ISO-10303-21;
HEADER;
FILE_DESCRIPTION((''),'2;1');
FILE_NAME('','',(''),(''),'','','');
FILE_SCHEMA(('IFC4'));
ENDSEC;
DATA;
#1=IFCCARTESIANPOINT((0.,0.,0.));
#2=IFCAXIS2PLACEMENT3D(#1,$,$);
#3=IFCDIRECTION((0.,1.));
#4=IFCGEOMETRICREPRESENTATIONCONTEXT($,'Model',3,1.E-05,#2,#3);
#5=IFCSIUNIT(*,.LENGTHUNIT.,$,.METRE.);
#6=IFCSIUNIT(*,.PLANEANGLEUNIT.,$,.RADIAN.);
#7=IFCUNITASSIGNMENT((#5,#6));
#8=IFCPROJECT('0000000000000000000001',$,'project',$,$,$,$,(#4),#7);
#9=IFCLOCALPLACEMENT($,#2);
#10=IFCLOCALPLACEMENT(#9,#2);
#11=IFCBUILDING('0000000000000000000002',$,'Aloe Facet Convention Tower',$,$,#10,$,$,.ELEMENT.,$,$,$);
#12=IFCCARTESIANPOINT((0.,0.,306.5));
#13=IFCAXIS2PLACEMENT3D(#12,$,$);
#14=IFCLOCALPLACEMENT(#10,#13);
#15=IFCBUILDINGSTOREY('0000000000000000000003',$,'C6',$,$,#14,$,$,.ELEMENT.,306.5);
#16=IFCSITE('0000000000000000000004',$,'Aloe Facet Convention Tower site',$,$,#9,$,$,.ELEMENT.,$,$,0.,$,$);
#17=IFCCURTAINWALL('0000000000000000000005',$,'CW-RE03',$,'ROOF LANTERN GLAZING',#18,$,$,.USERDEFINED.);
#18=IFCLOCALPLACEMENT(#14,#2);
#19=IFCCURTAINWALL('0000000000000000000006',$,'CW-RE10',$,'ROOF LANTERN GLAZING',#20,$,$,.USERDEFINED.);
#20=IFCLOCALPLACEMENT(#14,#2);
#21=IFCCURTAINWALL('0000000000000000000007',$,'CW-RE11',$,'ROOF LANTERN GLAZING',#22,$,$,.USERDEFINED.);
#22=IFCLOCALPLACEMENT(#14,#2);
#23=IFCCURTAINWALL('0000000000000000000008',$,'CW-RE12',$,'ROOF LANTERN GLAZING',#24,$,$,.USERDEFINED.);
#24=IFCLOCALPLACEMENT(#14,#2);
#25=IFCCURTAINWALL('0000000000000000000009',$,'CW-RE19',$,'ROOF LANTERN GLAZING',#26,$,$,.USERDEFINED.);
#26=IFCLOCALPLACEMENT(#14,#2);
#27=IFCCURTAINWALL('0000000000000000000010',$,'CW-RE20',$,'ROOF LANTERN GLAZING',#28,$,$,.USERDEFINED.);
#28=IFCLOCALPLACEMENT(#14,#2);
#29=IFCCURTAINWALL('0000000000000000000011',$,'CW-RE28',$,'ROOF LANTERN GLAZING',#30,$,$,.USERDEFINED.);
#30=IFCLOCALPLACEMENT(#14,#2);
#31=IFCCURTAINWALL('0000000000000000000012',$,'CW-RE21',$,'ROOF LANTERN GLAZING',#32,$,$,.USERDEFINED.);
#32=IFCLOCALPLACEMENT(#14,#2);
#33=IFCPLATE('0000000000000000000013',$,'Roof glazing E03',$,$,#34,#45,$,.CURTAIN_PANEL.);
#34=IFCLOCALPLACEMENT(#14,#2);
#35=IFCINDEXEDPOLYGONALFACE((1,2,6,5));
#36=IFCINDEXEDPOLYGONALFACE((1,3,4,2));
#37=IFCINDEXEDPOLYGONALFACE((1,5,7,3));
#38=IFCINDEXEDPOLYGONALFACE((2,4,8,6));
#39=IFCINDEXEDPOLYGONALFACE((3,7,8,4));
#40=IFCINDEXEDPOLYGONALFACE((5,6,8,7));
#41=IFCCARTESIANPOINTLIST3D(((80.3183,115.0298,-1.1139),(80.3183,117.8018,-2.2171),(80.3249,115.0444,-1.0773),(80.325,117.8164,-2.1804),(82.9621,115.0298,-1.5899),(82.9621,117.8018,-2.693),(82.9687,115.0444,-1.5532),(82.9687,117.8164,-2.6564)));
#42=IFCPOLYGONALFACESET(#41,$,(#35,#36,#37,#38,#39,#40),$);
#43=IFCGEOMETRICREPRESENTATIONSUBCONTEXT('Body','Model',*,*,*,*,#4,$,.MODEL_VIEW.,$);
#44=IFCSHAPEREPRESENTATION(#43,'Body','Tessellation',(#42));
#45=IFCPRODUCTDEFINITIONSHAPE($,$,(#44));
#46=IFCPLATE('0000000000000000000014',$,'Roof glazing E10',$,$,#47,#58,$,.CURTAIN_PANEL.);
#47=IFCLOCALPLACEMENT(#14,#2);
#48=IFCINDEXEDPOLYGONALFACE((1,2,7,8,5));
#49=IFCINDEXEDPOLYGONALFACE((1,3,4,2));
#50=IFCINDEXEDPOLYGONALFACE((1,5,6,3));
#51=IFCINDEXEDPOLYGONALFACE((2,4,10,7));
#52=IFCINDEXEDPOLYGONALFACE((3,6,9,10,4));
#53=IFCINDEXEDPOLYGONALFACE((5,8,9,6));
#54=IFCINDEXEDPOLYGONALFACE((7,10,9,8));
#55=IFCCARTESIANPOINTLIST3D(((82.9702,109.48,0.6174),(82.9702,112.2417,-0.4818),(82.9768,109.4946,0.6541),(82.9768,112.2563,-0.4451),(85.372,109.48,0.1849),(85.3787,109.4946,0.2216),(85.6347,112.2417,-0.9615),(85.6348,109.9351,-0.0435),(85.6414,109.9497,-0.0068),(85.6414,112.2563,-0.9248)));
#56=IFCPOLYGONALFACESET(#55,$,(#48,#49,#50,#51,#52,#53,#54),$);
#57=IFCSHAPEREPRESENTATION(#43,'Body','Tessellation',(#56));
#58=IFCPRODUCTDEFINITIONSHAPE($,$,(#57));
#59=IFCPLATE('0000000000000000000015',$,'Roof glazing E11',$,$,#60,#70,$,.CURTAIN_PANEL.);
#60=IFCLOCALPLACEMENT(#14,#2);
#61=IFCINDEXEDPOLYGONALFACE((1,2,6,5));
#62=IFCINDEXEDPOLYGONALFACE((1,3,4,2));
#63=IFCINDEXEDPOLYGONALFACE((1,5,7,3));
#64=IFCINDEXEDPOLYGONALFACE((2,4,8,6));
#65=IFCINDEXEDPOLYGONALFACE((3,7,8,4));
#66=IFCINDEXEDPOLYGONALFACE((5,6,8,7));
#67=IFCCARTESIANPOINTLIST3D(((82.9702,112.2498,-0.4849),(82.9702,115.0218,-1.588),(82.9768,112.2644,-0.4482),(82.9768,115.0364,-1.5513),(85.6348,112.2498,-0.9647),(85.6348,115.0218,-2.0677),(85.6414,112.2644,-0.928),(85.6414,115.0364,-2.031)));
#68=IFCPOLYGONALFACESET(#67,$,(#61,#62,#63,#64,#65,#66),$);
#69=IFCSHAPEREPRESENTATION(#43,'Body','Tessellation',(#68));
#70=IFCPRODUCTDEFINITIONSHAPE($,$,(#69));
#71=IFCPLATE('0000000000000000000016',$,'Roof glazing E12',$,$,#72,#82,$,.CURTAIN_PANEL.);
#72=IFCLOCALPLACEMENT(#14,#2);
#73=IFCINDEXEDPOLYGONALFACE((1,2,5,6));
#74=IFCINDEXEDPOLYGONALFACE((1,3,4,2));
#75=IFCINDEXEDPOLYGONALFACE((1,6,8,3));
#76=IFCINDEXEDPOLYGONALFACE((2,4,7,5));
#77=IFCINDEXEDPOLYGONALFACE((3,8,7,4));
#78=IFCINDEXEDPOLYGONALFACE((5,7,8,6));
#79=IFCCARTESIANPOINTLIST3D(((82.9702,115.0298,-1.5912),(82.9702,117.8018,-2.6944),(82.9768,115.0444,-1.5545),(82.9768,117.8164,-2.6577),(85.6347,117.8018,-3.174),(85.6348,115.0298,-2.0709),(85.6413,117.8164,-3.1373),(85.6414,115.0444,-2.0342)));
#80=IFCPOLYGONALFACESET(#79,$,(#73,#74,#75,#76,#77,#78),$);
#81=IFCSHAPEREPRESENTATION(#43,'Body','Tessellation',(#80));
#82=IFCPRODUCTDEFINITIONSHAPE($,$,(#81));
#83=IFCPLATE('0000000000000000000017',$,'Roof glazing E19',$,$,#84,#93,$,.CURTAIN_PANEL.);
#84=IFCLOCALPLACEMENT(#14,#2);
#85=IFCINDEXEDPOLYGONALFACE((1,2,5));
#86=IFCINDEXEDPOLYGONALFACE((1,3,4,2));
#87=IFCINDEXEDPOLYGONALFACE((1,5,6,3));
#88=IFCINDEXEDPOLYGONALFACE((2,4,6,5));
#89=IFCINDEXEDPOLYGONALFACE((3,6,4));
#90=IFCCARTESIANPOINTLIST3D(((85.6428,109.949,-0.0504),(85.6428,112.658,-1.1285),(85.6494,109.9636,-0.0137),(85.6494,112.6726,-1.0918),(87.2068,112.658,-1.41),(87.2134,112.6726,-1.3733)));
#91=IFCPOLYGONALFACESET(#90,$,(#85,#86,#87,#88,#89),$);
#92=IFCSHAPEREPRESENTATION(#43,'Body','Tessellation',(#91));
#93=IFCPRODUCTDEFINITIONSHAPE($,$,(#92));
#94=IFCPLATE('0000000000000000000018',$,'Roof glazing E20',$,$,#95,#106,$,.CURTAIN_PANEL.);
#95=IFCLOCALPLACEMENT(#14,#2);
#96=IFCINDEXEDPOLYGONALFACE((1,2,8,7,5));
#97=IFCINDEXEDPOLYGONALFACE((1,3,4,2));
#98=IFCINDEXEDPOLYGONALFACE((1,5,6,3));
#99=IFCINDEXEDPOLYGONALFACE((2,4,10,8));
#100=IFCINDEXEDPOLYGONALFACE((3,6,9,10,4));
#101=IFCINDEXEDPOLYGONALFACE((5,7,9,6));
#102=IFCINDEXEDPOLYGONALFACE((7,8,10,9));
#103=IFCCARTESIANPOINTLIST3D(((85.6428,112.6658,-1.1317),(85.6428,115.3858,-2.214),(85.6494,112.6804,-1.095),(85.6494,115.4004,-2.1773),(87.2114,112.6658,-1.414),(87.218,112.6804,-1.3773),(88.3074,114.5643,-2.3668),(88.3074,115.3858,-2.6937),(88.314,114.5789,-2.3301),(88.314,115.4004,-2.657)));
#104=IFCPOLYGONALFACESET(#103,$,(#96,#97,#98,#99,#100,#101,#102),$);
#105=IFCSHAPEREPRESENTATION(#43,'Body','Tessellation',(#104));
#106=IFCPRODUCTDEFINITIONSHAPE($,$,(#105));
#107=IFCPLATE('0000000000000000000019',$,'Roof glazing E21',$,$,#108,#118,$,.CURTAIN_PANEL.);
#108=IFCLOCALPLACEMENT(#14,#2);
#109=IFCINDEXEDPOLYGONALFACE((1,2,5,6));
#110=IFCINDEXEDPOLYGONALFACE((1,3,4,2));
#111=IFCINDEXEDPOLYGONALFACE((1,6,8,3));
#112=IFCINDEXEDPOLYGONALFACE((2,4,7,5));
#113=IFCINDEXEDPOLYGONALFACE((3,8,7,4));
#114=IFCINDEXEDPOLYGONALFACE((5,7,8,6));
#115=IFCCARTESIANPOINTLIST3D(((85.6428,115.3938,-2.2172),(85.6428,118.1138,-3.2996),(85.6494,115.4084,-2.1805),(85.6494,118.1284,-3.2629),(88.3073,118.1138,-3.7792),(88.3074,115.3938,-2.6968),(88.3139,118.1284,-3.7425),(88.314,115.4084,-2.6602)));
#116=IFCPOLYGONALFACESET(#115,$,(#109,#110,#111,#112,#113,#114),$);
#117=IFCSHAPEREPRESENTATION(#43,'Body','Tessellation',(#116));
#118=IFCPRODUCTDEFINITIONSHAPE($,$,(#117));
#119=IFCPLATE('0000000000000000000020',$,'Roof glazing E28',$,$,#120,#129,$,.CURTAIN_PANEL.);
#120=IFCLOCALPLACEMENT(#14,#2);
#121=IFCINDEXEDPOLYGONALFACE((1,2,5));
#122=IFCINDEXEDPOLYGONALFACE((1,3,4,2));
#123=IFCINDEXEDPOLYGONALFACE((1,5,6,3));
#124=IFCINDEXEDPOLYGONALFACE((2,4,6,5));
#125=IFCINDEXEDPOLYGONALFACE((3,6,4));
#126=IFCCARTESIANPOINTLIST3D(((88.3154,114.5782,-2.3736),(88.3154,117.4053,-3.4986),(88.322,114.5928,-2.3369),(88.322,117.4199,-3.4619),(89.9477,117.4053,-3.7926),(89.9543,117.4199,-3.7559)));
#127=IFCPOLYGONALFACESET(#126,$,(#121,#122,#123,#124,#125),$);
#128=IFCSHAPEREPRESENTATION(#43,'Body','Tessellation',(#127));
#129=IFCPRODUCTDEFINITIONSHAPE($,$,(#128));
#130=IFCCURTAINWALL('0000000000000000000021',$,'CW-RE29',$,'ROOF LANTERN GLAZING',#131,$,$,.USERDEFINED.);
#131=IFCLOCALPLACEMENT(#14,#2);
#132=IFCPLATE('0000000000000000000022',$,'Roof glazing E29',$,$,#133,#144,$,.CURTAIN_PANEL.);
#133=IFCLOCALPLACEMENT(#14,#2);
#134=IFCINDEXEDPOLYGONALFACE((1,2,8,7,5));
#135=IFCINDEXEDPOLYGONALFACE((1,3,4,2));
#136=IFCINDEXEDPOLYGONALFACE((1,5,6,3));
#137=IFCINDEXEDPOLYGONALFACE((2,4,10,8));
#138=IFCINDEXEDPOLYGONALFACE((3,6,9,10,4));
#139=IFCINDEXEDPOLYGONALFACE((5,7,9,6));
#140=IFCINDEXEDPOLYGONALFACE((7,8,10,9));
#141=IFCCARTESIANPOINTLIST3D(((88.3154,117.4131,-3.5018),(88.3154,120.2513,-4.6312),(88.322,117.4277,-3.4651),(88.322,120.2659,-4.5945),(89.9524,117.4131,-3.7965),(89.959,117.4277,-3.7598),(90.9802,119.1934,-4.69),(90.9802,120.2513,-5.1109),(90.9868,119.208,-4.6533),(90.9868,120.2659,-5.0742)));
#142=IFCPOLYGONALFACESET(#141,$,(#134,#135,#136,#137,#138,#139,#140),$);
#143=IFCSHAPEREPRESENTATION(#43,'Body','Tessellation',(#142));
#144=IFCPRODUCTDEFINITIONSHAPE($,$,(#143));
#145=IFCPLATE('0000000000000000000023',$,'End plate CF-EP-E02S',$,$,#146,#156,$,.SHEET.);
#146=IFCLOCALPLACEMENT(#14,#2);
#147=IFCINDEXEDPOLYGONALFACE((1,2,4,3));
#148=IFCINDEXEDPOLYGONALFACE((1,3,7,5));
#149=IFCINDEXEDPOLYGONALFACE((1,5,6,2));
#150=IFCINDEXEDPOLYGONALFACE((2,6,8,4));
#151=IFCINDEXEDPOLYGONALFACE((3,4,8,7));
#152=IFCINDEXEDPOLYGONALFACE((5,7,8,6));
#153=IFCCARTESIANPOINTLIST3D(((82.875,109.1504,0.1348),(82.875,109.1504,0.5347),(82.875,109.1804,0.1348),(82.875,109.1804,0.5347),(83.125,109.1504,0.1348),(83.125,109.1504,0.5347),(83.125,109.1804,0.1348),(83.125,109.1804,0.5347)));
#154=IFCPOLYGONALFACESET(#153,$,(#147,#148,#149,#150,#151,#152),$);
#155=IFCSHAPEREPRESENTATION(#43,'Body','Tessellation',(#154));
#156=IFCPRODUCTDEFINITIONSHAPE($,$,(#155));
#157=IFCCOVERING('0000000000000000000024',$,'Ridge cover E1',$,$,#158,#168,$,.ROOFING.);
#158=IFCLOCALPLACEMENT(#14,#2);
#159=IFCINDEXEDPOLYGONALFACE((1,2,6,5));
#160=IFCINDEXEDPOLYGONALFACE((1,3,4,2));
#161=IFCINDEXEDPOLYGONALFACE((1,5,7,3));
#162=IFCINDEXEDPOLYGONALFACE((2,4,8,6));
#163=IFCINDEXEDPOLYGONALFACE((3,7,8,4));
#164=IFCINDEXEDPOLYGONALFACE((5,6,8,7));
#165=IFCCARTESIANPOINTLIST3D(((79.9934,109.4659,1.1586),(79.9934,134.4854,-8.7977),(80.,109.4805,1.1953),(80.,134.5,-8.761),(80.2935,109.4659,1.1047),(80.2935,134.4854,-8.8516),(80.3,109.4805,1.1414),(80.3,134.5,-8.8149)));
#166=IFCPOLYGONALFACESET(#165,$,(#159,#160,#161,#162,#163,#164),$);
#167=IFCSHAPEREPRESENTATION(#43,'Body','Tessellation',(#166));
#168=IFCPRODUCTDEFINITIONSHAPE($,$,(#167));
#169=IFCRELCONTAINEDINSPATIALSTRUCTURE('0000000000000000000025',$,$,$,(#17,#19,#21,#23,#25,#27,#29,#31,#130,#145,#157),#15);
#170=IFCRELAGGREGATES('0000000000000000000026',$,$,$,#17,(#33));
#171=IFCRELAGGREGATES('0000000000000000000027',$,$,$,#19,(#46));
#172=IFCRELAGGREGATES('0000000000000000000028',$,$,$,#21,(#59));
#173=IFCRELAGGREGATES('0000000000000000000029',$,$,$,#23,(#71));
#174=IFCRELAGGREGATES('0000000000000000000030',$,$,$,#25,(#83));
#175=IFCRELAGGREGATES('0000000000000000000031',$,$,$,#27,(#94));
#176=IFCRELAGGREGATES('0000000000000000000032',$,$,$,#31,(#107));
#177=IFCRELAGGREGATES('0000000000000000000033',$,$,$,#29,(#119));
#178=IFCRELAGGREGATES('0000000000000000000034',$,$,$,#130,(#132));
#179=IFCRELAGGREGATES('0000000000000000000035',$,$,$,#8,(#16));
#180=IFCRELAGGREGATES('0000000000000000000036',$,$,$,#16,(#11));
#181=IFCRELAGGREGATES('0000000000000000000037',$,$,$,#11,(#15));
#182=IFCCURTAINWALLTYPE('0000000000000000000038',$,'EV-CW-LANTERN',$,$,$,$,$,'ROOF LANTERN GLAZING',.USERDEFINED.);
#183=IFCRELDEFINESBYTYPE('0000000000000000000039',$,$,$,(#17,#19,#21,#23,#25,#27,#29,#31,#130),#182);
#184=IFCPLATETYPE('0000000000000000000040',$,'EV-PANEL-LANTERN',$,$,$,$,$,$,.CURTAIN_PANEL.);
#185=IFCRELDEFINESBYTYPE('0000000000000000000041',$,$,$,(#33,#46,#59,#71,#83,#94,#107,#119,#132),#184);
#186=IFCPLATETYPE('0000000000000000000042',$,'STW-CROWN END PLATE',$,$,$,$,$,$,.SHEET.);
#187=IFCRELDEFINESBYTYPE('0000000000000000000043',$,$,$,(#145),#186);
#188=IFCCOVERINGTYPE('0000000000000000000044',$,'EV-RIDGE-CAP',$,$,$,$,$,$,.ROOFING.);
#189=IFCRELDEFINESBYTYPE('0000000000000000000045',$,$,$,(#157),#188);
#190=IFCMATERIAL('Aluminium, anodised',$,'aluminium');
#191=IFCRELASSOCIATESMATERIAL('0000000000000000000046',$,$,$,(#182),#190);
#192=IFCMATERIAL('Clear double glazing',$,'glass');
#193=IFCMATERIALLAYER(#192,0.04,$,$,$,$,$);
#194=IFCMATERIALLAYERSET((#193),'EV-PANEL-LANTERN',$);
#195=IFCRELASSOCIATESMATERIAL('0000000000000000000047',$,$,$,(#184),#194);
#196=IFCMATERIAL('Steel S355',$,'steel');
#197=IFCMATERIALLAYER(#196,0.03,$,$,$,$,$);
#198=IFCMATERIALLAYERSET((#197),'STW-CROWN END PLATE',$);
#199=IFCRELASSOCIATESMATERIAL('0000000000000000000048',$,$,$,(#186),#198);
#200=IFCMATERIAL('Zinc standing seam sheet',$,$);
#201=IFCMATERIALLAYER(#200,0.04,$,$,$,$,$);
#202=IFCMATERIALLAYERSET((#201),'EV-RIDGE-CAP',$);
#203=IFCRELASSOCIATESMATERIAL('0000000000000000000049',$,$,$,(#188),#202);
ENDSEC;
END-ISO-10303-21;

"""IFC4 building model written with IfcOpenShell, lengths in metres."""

from ifc_helpers import new_model, si_unit, direction, frame, origin, place, context, subcontext, project, spatial, polyline, outline, extrude, material, layer, layer_set, type_object, element, aggregate, save


model = new_model("IFC4")

# Units and contexts
model_context = context("Model", 3, precision=1e-05, world=origin(), true_north=direction((0.0, 1.0)))
body_context = subcontext(model_context, "Body", "Model", "MODEL_VIEW")
ifc_project = project(units=[si_unit("LENGTHUNIT", "METRE"), si_unit("PLANEANGLEUNIT", "RADIAN")], contexts=[model_context])

# Site, building, storey
site_placement = place(None, origin())
site = spatial("IfcSite", under=ifc_project, at=site_placement, Name="Aloe Facet Convention Tower site", CompositionType="ELEMENT", RefElevation=0.0)
building_placement = place(site_placement, origin())
building = spatial("IfcBuilding", under=site, at=building_placement, Name="Aloe Facet Convention Tower", CompositionType="ELEMENT")
storey_placement = place(building_placement, frame((0.0, 0.0, 306.5)))
storey = spatial("IfcBuildingStorey", under=building, at=storey_placement, Name="C6", CompositionType="ELEMENT", Elevation=306.5)

# Curtain wall
ifc_material_1 = material(Name="Aluminium, anodised", Category="aluminium")
curtain_wall_type = type_object("IfcCurtainWallType", Name="EV-CW-LANTERN", ElementType="ROOF LANTERN GLAZING", PredefinedType="USERDEFINED", material=ifc_material_1)
curtain_wall_1_placement = place(storey_placement, origin())
curtain_wall_1 = element("IfcCurtainWall", 1, at=curtain_wall_1_placement, inside=storey, type_object=curtain_wall_type, Name="CW-RE03", ObjectType="ROOF LANTERN GLAZING", PredefinedType="USERDEFINED")

# Curtain wall
curtain_wall_2_placement = place(storey_placement, origin())
curtain_wall_2 = element("IfcCurtainWall", 2, at=curtain_wall_2_placement, inside=storey, type_object=curtain_wall_type, Name="CW-RE10", ObjectType="ROOF LANTERN GLAZING", PredefinedType="USERDEFINED")

# Curtain walls
curtain_wall_3_placement = place(storey_placement, origin())
curtain_wall_3 = element("IfcCurtainWall", 3, at=curtain_wall_3_placement, inside=storey, type_object=curtain_wall_type, Name="CW-RE11", ObjectType="ROOF LANTERN GLAZING", PredefinedType="USERDEFINED")
curtain_wall_4_placement = place(storey_placement, origin())
curtain_wall_4 = element("IfcCurtainWall", 4, at=curtain_wall_4_placement, inside=storey, type_object=curtain_wall_type, Name="CW-RE12", ObjectType="ROOF LANTERN GLAZING", PredefinedType="USERDEFINED")
curtain_wall_5_placement = place(storey_placement, origin())
curtain_wall_5 = element("IfcCurtainWall", 5, at=curtain_wall_5_placement, inside=storey, type_object=curtain_wall_type, Name="CW-RE19", ObjectType="ROOF LANTERN GLAZING", PredefinedType="USERDEFINED")

# Curtain wall
curtain_wall_6_placement = place(storey_placement, origin())
curtain_wall_6 = element("IfcCurtainWall", 6, at=curtain_wall_6_placement, inside=storey, type_object=curtain_wall_type, Name="CW-RE20", ObjectType="ROOF LANTERN GLAZING", PredefinedType="USERDEFINED")

# Curtain wall
curtain_wall_7_placement = place(storey_placement, origin())
curtain_wall_7 = element("IfcCurtainWall", 7, at=curtain_wall_7_placement, inside=storey, type_object=curtain_wall_type, Name="CW-RE28", ObjectType="ROOF LANTERN GLAZING", PredefinedType="USERDEFINED")

# Curtain wall
curtain_wall_8_placement = place(storey_placement, origin())
curtain_wall_8 = element("IfcCurtainWall", 8, at=curtain_wall_8_placement, inside=storey, type_object=curtain_wall_type, Name="CW-RE21", ObjectType="ROOF LANTERN GLAZING", PredefinedType="USERDEFINED")

# Plates
ifc_material_2 = material(Name="Clear double glazing", Category="glass")
ifc_layer_1 = layer(ifc_material_2, 0.04)
ifc_layer_set_1 = layer_set([ifc_layer_1], Name="EV-PANEL-LANTERN")
plate_type_1 = type_object("IfcPlateType", Name="EV-PANEL-LANTERN", PredefinedType="CURTAIN_PANEL", material=ifc_layer_set_1)
plate_1_placement = place(storey_placement, frame((80.325, 117.8164, -2.1804), z_axis=(0.164975, 0.364694, 0.916396), x_axis=(0.98418, -0.000015, -0.177172)))
plate_1 = element("IfcPlate", 9, at=plate_1_placement, type_object=plate_type_1, Name="Roof glazing E03", PredefinedType="CURTAIN_PANEL", context=body_context, shape_type="SweptSolid", body=[
    extrude(outline(polyline([(0.0, 0.0), (2.6863, 0.0), (2.4909, -2.977), (-0.1954, -2.9771), (0.0, 0.0)])), origin(), (0.0, 0.0, -1.0), 0.04),
])
aggregate(curtain_wall_1, [plate_1])
plate_2_placement = place(storey_placement, frame((82.9768, 112.2563, -0.4451), z_axis=(0.164994, 0.364717, 0.916383), x_axis=(0.984175, -0.000002, -0.177199)))
plate_2 = element("IfcPlate", 10, at=plate_2_placement, type_object=plate_type_1, Name="Roof glazing E10", PredefinedType="CURTAIN_PANEL", context=body_context, shape_type="SweptSolid", body=[
    extrude(outline(polyline([(0.0, 0.0), (2.7074, 0.0), (2.5447, -2.4773), (2.2457, -2.966), (-0.1948, -2.966), (0.0, 0.0)])), origin(), (0.0, 0.0, -1.0), 0.04),
])
aggregate(curtain_wall_2, [plate_2])
plate_3_placement = place(storey_placement, frame((82.9768, 115.0364, -1.5513), z_axis=(0.164994, 0.364658, 0.916407), x_axis=(0.984176, 0.0, -0.177195)))
plate_3 = element("IfcPlate", 11, at=plate_3_placement, type_object=plate_type_1, Name="Roof glazing E11", PredefinedType="CURTAIN_PANEL", context=body_context, shape_type="SweptSolid", body=[
    extrude(outline(polyline([(0.0, 0.0), (2.7074, 0.0), (2.5119, -2.977), (-0.1955, -2.977), (0.0, 0.0)])), origin(), (0.0, 0.0, -1.0), 0.04),
])
aggregate(curtain_wall_3, [plate_3])
plate_4_placement = place(storey_placement, frame((82.9768, 117.8164, -2.6577), z_axis=(0.16495, 0.364695, 0.9164), x_axis=(0.984185, -0.000015, -0.177145)))
plate_4 = element("IfcPlate", 12, at=plate_4_placement, type_object=plate_type_1, Name="Roof glazing E12", PredefinedType="CURTAIN_PANEL", context=body_context, shape_type="SweptSolid", body=[
    extrude(outline(polyline([(0.0, 0.0), (2.7073, 0.0), (2.512, -2.977), (-0.1954, -2.9771), (0.0, 0.0)])), origin(), (0.0, 0.0, -1.0), 0.04),
])
aggregate(curtain_wall_4, [plate_4])
plate_5_placement = place(storey_placement, frame((87.2134, 112.6726, -1.3733), z_axis=(0.16494, 0.364709, 0.916396), x_axis=(-0.458541, -0.794251, 0.398629)))
plate_5 = element("IfcPlate", 13, at=plate_5_placement, type_object=plate_type_1, Name="Roof glazing E19", PredefinedType="CURTAIN_PANEL", context=body_context, shape_type="SweptSolid", body=[
    extrude(outline(polyline([(0.0, 0.0), (3.4107, 0.0), (0.8294, -1.3555), (0.0, 0.0)])), origin(), (0.0, 0.0, -1.0), 0.04),
])
aggregate(curtain_wall_5, [plate_5])
plate_6_placement = place(storey_placement, frame((85.6494, 112.6804, -1.095), z_axis=(0.164963, 0.364676, 0.916405), x_axis=(-0.000006, 0.929135, -0.369741)))
plate_6 = element("IfcPlate", 14, at=plate_6_placement, type_object=plate_type_1, Name="Roof glazing E20", PredefinedType="CURTAIN_PANEL", context=body_context, shape_type="SweptSolid", body=[
    extrude(outline(polyline([(0.0, 0.0), (2.9274, 0.0), (3.1047, -2.7016), (2.2206, -2.7016), (0.1043, -1.5904), (0.0, 0.0)])), origin(), (0.0, 0.0, -1.0), 0.04),
])
aggregate(curtain_wall_6, [plate_6])
plate_7_placement = place(storey_placement, frame((85.6494, 118.1284, -3.2629), z_axis=(0.164951, 0.364679, 0.916406), x_axis=(0.984185, -0.000015, -0.177145)))
plate_7 = element("IfcPlate", 15, at=plate_7_placement, type_object=plate_type_1, Name="Roof glazing E21", PredefinedType="CURTAIN_PANEL", context=body_context, shape_type="SweptSolid", body=[
    extrude(outline(polyline([(0.0, 0.0), (2.7073, 0.0), (2.5157, -2.9211), (-0.1917, -2.9212), (0.0, 0.0)])), origin(), (0.0, 0.0, -1.0), 0.04),
])
aggregate(curtain_wall_8, [plate_7])
plate_8_placement = place(storey_placement, frame((89.9543, 117.4199, -3.7559), z_axis=(0.165023, 0.364661, 0.9164), x_axis=(-0.458571, -0.794235, 0.398626)))
plate_8 = element("IfcPlate", 16, at=plate_8_placement, type_object=plate_type_1, Name="Roof glazing E28", PredefinedType="CURTAIN_PANEL", context=body_context, shape_type="SweptSolid", body=[
    extrude(outline(polyline([(0.0, 0.0), (3.5596, 0.0), (0.8657, -1.4147), (0.0, 0.0)])), origin(), (0.0, 0.0, -1.0), 0.04),
])
aggregate(curtain_wall_7, [plate_8])

# Curtain wall, plate
curtain_wall_9_placement = place(storey_placement, origin())
curtain_wall_9 = element("IfcCurtainWall", 17, at=curtain_wall_9_placement, inside=storey, type_object=curtain_wall_type, Name="CW-RE29", ObjectType="ROOF LANTERN GLAZING", PredefinedType="USERDEFINED")
plate_9_placement = place(storey_placement, frame((88.322, 117.4277, -3.4651), z_axis=(0.164987, 0.364669, 0.916404), x_axis=(0.0, 0.929137, -0.369736)))
plate_9 = element("IfcPlate", 18, at=plate_9_placement, type_object=plate_type_1, Name="Roof glazing E29", PredefinedType="CURTAIN_PANEL", context=body_context, shape_type="SweptSolid", body=[
    extrude(outline(polyline([(0.0, 0.0), (3.0546, 0.0), (3.232, -2.7018), (2.0935, -2.7018), (0.109, -1.6597), (0.0, 0.0)])), origin(), (0.0, 0.0, -1.0), 0.04),
])
aggregate(curtain_wall_9, [plate_9])

# Plate
ifc_material_3 = material(Name="Steel S355", Category="steel")
ifc_layer_2 = layer(ifc_material_3, 0.03)
ifc_layer_set_2 = layer_set([ifc_layer_2], Name="STW-CROWN END PLATE")
plate_type_2 = type_object("IfcPlateType", Name="STW-CROWN END PLATE", PredefinedType="SHEET", material=ifc_layer_set_2)
plate_10_placement = place(storey_placement, frame((82.875, 109.1804, 0.5347), z_axis=(0.0, 1.0, 0.0), x_axis=(1.0, 0.0, 0.0)))
element("IfcPlate", 19, at=plate_10_placement, inside=storey, type_object=plate_type_2, Name="End plate CF-EP-E02S", PredefinedType="SHEET", context=body_context, shape_type="SweptSolid", body=[
    extrude(outline(polyline([(0.0, 0.0), (0.25, 0.0), (0.25, 0.3999), (0.0, 0.3999), (0.0, 0.0)])), origin(), (0.0, 0.0, -1.0), 0.03),
])

# Covering
ifc_material_4 = material(Name="Zinc standing seam sheet")
ifc_layer_3 = layer(ifc_material_4, 0.04)
ifc_layer_set_3 = layer_set([ifc_layer_3], Name="EV-RIDGE-CAP")
covering_type = type_object("IfcCoveringType", Name="EV-RIDGE-CAP", PredefinedType="ROOFING", material=ifc_layer_set_3)
covering_placement = place(storey_placement, frame((80.0, 109.4805, 1.1953), z_axis=(0.164794, 0.364686, 0.916432), x_axis=(0.0, 0.929135, -0.369741)))
element("IfcCovering", 20, at=covering_placement, inside=storey, type_object=covering_type, Name="Ridge cover E1", PredefinedType="ROOFING", context=body_context, shape_type="SweptSolid", body=[
    extrude(outline(polyline([(0.0, 0.0), (26.9278, 0.0), (26.9477, -0.3042), (0.0199, -0.3042), (0.0, 0.0)])), origin(), (0.0, 0.0, -1.0), 0.04),
])

save(model, "model.ifc")
